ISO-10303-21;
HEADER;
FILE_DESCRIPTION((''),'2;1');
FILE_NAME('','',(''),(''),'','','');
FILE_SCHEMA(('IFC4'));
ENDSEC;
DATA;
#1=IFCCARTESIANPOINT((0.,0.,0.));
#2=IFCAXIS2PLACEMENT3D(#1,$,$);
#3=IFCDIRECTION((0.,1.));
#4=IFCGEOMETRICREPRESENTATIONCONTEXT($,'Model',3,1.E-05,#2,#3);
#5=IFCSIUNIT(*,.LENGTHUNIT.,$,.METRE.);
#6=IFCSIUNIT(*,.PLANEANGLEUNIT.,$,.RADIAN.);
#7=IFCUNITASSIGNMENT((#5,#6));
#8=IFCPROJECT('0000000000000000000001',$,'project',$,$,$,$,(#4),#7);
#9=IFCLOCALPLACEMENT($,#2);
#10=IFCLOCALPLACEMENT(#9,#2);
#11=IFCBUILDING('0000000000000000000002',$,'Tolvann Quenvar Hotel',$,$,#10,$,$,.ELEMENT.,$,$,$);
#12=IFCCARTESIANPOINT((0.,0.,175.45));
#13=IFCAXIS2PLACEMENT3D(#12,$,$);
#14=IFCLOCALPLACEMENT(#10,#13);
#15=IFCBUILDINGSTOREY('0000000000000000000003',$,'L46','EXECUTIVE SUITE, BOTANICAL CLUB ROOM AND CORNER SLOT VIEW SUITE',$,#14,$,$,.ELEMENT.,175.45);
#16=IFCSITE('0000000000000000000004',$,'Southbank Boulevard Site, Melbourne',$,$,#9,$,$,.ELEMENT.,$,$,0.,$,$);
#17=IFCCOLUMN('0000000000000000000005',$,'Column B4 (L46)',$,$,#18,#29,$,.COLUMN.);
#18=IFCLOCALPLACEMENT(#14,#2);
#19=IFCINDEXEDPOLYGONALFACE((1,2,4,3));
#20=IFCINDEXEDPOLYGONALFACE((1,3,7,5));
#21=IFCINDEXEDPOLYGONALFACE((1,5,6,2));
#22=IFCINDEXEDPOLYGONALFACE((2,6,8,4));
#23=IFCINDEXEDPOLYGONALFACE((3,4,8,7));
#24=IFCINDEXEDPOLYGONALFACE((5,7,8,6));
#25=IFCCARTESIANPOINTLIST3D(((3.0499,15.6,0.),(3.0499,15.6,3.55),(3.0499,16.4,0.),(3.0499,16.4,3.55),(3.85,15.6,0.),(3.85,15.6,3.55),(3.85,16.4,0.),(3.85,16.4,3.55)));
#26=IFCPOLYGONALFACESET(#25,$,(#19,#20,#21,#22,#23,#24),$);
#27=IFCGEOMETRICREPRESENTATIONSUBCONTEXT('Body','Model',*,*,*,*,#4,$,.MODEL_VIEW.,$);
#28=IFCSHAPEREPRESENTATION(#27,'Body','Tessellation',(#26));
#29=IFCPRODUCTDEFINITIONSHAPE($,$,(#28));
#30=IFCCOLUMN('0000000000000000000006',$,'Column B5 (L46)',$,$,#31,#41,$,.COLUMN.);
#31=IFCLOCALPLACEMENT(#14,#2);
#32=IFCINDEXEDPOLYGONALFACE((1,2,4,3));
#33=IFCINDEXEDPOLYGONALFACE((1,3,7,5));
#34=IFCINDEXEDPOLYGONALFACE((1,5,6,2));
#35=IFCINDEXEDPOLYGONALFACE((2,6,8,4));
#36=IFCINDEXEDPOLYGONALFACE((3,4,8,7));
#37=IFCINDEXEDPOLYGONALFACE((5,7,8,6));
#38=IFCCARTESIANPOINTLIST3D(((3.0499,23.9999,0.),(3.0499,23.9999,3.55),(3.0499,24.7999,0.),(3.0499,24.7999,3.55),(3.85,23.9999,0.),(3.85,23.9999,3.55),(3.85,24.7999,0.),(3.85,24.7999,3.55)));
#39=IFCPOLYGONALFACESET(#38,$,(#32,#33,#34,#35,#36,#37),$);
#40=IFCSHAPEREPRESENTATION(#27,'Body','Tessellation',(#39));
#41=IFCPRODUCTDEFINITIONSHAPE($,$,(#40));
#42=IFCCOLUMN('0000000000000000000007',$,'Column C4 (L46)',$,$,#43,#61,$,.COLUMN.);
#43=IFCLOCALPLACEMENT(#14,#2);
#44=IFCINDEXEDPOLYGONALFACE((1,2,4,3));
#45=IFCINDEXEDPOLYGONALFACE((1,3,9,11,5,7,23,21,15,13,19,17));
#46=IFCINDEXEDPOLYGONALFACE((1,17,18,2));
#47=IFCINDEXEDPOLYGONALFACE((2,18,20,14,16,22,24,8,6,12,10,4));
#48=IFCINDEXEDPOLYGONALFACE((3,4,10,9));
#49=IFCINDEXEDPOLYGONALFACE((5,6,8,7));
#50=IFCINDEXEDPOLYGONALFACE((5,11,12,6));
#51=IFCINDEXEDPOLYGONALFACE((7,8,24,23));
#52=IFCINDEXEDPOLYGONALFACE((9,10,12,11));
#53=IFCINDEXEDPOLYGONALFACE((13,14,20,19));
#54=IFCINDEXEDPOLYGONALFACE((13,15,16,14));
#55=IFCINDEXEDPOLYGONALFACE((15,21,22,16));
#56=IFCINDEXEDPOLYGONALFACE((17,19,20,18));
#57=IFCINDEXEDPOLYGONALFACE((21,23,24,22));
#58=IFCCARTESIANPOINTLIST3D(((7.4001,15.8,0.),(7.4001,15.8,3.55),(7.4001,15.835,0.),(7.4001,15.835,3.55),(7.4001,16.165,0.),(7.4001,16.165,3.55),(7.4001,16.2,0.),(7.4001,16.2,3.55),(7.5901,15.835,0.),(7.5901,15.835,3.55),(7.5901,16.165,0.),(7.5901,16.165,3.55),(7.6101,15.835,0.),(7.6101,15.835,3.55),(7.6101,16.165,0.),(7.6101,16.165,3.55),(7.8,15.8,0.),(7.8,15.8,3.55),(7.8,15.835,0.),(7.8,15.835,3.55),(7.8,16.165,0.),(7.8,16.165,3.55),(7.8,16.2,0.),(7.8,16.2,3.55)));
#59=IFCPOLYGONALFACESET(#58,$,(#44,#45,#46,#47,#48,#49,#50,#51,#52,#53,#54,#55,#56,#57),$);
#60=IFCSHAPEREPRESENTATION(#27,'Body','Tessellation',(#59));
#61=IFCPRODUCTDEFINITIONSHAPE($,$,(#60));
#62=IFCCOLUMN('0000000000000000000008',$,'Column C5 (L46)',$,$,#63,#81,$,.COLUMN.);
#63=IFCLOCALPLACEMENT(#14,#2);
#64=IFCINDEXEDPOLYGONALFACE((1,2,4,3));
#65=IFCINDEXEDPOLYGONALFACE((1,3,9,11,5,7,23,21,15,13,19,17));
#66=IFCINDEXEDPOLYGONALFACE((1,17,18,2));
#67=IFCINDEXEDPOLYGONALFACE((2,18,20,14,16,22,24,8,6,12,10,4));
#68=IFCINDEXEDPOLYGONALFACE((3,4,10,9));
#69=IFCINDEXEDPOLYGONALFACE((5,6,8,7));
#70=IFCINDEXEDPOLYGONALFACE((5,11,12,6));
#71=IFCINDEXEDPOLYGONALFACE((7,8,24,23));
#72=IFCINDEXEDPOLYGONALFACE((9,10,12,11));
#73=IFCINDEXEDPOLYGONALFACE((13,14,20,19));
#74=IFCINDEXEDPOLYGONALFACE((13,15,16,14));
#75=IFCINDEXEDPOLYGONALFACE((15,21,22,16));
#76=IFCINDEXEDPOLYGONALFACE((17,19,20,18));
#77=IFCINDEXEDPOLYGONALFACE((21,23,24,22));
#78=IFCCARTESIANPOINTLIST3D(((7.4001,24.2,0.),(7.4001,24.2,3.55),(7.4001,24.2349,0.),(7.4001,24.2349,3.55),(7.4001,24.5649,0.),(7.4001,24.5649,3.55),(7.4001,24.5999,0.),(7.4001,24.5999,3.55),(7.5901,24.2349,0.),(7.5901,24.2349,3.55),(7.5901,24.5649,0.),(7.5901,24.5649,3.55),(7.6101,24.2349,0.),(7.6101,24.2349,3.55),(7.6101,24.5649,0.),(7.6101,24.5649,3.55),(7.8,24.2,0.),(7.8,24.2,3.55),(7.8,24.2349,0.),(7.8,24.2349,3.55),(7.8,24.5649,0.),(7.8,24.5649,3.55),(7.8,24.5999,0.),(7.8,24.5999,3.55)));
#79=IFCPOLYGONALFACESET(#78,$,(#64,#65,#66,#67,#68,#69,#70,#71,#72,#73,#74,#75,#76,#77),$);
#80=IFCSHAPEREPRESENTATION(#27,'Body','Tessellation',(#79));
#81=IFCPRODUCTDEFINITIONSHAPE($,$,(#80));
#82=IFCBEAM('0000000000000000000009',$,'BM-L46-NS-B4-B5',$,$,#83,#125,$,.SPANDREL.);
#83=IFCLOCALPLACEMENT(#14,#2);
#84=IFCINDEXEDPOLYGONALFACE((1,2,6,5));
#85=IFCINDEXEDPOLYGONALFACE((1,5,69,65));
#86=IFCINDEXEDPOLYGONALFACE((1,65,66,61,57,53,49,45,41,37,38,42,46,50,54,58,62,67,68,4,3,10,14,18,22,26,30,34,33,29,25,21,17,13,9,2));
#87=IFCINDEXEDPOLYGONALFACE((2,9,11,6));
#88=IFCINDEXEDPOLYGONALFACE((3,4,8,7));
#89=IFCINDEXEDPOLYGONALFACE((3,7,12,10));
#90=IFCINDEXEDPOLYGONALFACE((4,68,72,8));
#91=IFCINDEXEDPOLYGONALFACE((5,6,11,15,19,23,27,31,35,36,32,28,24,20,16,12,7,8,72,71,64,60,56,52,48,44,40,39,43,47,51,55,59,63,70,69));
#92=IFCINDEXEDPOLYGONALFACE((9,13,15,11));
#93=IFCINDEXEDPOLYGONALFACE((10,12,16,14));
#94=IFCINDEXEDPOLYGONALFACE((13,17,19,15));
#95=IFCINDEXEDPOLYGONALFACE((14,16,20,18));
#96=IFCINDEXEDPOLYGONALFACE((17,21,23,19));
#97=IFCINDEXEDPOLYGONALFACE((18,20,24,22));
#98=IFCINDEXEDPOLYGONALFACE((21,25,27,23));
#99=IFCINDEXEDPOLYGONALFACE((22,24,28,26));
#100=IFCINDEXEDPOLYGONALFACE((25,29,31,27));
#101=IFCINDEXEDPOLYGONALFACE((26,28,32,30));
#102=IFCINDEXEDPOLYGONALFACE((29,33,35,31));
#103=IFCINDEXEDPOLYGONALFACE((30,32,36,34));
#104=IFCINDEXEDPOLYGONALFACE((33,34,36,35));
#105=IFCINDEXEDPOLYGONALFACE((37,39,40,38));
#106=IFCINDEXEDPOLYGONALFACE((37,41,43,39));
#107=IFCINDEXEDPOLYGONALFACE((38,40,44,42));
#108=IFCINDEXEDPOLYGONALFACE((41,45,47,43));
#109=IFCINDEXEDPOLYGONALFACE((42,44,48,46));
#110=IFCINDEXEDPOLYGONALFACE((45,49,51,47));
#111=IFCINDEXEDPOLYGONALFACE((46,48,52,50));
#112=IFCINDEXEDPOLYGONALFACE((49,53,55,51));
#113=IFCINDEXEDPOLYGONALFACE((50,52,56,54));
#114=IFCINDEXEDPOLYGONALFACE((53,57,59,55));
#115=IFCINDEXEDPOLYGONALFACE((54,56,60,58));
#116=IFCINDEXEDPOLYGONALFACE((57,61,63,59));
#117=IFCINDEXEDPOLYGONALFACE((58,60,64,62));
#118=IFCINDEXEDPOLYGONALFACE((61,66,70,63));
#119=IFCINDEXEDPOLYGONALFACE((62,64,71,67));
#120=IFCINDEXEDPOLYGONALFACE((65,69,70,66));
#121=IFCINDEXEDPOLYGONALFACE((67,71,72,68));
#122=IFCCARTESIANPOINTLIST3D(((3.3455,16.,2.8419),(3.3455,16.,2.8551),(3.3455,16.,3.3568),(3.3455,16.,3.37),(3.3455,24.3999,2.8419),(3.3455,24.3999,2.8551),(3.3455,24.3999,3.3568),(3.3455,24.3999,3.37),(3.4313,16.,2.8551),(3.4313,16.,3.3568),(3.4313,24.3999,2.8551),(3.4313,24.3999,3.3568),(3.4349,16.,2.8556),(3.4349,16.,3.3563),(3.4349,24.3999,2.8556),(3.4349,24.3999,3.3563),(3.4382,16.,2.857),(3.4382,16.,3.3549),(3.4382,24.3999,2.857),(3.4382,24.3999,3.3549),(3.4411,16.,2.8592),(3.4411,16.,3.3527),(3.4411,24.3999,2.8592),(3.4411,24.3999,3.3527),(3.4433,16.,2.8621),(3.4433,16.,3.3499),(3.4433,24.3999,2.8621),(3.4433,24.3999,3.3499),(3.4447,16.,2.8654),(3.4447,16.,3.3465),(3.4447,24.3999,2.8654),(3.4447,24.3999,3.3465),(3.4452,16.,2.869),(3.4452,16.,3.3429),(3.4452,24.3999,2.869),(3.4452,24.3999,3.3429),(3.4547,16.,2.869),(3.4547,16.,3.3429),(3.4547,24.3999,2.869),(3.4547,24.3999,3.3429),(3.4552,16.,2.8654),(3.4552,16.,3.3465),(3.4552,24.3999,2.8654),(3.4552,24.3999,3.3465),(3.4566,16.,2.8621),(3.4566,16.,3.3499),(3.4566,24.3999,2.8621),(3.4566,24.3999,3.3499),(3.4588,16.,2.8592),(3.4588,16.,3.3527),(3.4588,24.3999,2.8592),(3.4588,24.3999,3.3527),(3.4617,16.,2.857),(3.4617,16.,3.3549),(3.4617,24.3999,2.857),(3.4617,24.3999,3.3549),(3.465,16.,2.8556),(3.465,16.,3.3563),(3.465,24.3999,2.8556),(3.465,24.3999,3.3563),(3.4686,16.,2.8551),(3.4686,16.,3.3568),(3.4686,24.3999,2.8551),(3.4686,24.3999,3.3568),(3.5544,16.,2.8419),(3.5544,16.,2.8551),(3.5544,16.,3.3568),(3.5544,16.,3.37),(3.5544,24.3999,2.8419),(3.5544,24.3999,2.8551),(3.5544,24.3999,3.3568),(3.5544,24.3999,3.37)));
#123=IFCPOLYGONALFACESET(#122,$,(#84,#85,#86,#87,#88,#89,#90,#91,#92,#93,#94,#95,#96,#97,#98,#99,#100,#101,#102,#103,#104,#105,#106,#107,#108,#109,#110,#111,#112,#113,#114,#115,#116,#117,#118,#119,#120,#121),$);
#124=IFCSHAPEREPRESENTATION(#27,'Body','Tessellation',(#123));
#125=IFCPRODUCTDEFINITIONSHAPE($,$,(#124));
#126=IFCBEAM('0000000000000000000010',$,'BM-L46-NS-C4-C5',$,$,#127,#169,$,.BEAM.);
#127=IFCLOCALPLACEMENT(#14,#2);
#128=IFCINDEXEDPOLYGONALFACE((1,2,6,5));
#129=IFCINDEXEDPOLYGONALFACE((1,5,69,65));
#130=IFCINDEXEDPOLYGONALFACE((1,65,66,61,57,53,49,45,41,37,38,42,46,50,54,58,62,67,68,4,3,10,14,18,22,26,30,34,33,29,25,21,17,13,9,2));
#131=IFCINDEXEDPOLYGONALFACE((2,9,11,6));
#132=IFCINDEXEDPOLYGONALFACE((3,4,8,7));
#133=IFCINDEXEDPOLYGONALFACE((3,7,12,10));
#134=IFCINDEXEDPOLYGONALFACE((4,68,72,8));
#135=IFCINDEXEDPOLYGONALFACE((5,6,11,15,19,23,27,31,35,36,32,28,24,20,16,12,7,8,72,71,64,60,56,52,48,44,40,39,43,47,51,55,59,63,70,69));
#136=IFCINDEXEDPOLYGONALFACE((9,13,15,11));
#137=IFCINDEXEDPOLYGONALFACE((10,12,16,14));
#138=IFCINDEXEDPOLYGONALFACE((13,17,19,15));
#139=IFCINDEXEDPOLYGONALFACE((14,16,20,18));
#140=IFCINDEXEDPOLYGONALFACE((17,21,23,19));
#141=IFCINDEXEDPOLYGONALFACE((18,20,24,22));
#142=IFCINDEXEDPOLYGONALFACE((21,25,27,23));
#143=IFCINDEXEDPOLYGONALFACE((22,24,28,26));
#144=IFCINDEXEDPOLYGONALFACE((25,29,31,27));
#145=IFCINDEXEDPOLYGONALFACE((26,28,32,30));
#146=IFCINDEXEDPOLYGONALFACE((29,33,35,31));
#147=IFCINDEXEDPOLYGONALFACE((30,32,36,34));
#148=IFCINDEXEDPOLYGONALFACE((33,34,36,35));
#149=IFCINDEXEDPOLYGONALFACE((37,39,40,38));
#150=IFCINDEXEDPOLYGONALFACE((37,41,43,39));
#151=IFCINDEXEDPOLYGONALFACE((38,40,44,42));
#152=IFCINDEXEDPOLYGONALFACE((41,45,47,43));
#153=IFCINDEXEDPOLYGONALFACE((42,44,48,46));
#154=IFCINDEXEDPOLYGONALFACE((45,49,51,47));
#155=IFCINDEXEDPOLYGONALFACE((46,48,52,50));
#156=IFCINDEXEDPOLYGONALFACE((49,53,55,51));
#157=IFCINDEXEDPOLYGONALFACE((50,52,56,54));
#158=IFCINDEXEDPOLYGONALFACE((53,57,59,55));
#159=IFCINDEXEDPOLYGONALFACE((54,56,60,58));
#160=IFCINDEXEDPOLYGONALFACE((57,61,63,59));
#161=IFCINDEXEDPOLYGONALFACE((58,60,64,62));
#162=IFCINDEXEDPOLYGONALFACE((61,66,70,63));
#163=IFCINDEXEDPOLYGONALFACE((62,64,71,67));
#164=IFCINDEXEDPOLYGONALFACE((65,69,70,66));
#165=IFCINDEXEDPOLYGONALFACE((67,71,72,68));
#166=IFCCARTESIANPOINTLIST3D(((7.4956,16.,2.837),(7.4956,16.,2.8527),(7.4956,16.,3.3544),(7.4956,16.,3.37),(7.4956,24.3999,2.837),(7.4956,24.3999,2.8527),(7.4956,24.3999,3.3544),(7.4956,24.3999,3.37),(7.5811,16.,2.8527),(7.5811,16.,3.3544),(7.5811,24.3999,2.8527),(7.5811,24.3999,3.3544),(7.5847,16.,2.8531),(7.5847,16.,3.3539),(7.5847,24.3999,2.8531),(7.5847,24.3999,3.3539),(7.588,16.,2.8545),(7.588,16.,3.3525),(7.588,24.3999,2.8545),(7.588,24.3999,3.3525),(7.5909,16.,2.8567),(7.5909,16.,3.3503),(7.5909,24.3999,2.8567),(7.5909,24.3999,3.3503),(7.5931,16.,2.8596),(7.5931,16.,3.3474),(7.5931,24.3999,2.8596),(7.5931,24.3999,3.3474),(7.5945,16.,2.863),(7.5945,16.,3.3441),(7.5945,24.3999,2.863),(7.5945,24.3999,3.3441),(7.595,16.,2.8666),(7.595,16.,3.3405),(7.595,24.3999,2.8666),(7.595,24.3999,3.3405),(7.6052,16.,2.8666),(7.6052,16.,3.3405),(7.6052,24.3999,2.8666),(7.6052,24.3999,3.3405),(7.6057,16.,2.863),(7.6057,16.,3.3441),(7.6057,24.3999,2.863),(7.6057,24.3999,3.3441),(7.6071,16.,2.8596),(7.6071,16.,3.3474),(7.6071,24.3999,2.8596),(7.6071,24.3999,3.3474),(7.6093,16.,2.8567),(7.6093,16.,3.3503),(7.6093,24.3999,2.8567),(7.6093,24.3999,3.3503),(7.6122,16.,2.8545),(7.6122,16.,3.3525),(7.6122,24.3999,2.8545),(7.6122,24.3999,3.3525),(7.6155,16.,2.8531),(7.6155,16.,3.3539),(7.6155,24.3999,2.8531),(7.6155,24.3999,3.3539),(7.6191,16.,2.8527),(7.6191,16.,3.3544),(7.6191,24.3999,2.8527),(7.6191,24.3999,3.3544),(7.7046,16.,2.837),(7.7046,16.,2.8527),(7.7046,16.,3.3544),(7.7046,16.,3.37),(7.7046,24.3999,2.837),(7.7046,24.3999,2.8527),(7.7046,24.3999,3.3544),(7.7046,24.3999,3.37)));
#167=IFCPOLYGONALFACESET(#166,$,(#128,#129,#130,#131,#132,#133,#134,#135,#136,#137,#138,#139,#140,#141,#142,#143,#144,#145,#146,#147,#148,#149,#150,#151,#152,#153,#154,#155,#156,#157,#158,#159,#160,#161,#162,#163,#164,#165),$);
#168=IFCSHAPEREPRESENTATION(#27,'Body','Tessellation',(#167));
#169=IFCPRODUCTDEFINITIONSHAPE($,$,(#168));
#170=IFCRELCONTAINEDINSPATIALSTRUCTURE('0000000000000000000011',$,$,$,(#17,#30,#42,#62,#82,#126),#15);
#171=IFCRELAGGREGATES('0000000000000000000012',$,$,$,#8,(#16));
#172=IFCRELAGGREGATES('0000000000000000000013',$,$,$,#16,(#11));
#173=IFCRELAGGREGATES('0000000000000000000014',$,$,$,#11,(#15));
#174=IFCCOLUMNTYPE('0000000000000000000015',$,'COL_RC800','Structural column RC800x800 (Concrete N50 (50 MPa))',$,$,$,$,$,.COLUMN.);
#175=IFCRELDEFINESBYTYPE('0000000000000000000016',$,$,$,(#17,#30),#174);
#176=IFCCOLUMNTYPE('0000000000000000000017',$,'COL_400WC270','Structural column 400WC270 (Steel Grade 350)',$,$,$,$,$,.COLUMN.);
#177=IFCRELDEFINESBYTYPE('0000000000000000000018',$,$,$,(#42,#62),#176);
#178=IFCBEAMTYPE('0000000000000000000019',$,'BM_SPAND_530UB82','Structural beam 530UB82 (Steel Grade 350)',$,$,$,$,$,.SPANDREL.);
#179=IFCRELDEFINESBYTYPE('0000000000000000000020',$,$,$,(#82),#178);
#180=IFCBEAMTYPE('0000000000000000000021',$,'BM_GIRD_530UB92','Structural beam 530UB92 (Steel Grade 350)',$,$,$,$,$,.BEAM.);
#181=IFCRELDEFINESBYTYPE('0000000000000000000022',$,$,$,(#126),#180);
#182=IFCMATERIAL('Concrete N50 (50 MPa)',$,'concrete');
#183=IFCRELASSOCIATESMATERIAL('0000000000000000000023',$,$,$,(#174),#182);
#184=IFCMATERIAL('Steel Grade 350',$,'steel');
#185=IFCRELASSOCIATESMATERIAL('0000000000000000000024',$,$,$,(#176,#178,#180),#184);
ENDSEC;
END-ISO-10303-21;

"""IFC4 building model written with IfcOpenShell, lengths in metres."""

from ifc_helpers import new_model, si_unit, direction, frame, origin, origin_2d, place, context, subcontext, project, spatial, rectangle, i_section, extrude, source, transform, mapped, material, material_profile, profile_set, type_object, type_shapes, element, save


model = new_model("IFC4")

# Units and contexts
model_context = context("Model", 3, precision=1e-05, world=origin(), true_north=direction((0.0, 1.0)))
body_context = subcontext(model_context, "Body", "Model", "MODEL_VIEW")
ifc_project = project(units=[si_unit("LENGTHUNIT", "METRE"), si_unit("PLANEANGLEUNIT", "RADIAN")], contexts=[model_context])

# Site, building, storey
site_placement = place(None, origin())
site = spatial("IfcSite", under=ifc_project, at=site_placement, Name="Southbank Boulevard Site, Melbourne", CompositionType="ELEMENT", RefElevation=0.0)
building_placement = place(site_placement, origin())
building = spatial("IfcBuilding", under=site, at=building_placement, Name="Tolvann Quenvar Hotel", CompositionType="ELEMENT")
storey_placement = place(building_placement, frame((0.0, 0.0, 175.45)))
storey = spatial("IfcBuildingStorey", under=building, at=storey_placement, Name="L46", Description="EXECUTIVE SUITE, BOTANICAL CLUB ROOM AND CORNER SLOT VIEW SUITE", CompositionType="ELEMENT", Elevation=175.45)

# Columns
ifc_material_1 = material(Name="Concrete N50 (50 MPa)", Category="concrete")
ifc_material_profile_1 = material_profile(ifc_material_1, rectangle(XDim=0.8, YDim=0.8, at=origin_2d()), Name="RC800x800")
ifc_profile_set_1 = profile_set([ifc_material_profile_1], Name="Concrete N50 (50 MPa)")
column_type_1 = type_object("IfcColumnType", Name="COL_RC800", Description="Structural column RC800x800 (Concrete N50 (50 MPa))", PredefinedType="COLUMN", material=ifc_profile_set_1)
shared_shape_1 = source(origin(), body_context, "Body", "SweptSolid", [
    extrude(rectangle(XDim=0.8, YDim=0.8, at=origin_2d()), origin(), (0.0, 0.0, 1.0), 3.55),
])
type_shapes(column_type_1, [shared_shape_1])
for number, where, z_axis, x_axis, name in (
    (1, (3.45, 16.0, 0.0), (0.0, 0.0, 1.0), (1.0, 0.0, 0.0), "Column B4 (L46)"),
    (2, (3.45, 24.3999, 0.0), (0.0, 0.0, 1.0), (1.0, 0.0, 0.0), "Column B5 (L46)"),
):
    element("IfcColumn", number, at=place(storey_placement, frame(where, z_axis=z_axis, x_axis=x_axis)), inside=storey, type_object=column_type_1, Name=name, PredefinedType="COLUMN", context=body_context, shape_type="MappedRepresentation", body=[
        mapped(shared_shape_1, transform((0.0, 0.0, 0.0), x_axis=(1.0, 0.0, 0.0), y_axis=(0.0, 1.0, 0.0), z_axis=(0.0, 0.0, 1.0), scale=1.0)),
    ])
ifc_material_2 = material(Name="Steel Grade 350", Category="steel")
ifc_material_profile_2 = material_profile(ifc_material_2, i_section(OverallWidth=0.3999, OverallDepth=0.3999, WebThickness=0.02, FlangeThickness=0.0349, at=origin_2d()), Name="400WC270")
ifc_profile_set_2 = profile_set([ifc_material_profile_2], Name="Steel Grade 350")
column_type_2 = type_object("IfcColumnType", Name="COL_400WC270", Description="Structural column 400WC270 (Steel Grade 350)", PredefinedType="COLUMN", material=ifc_profile_set_2)
shared_shape_2 = source(origin(), body_context, "Body", "SweptSolid", [
    extrude(i_section(OverallWidth=0.3999, OverallDepth=0.3999, WebThickness=0.02, FlangeThickness=0.0349, at=origin_2d()), origin(), (0.0, 0.0, 1.0), 3.55),
])
type_shapes(column_type_2, [shared_shape_2])
for number, where, z_axis, x_axis, name in (
    (3, (7.6001, 16.0, 0.0), (0.0, 0.0, 1.0), (1.0, 0.0, 0.0), "Column C4 (L46)"),
    (4, (7.6001, 24.3999, 0.0), (0.0, 0.0, 1.0), (1.0, 0.0, 0.0), "Column C5 (L46)"),
):
    element("IfcColumn", number, at=place(storey_placement, frame(where, z_axis=z_axis, x_axis=x_axis)), inside=storey, type_object=column_type_2, Name=name, PredefinedType="COLUMN", context=body_context, shape_type="MappedRepresentation", body=[
        mapped(shared_shape_2, transform((0.0, 0.0, 0.0), x_axis=(1.0, 0.0, 0.0), y_axis=(0.0, 1.0, 0.0), z_axis=(0.0, 0.0, 1.0), scale=1.0)),
    ])

# Beams
ifc_material_profile_3 = material_profile(ifc_material_2, i_section(OverallWidth=0.209, OverallDepth=0.5281, WebThickness=0.0095, FlangeThickness=0.0132, FilletRadius=0.0139, at=origin_2d()), Name="530UB82")
ifc_profile_set_3 = profile_set([ifc_material_profile_3], Name="Steel Grade 350")
beam_type_1 = type_object("IfcBeamType", Name="BM_SPAND_530UB82", Description="Structural beam 530UB82 (Steel Grade 350)", PredefinedType="SPANDREL", material=ifc_profile_set_3)
shared_shape_3 = source(origin(), body_context, "Body", "SweptSolid", [
    extrude(i_section(OverallWidth=0.209, OverallDepth=0.5281, WebThickness=0.0095, FlangeThickness=0.0132, FilletRadius=0.0139, at=origin_2d()), origin(), (0.0, 0.0, 1.0), 8.3999),
])
beam_1_placement = place(storey_placement, frame((3.45, 16.0, 3.106), z_axis=(0.0, 1.0, 0.0), x_axis=(-1.0, 0.0, 0.0)))
element("IfcBeam", 5, at=beam_1_placement, inside=storey, type_object=beam_type_1, Name="BM-L46-NS-B4-B5", PredefinedType="SPANDREL", context=body_context, shape_type="MappedRepresentation", body=[
    mapped(shared_shape_3, transform((0.0, 0.0, 0.0), x_axis=(1.0, 0.0, 0.0), y_axis=(0.0, 1.0, 0.0), z_axis=(0.0, 0.0, 1.0), scale=1.0)),
])
ifc_material_profile_4 = material_profile(ifc_material_2, i_section(OverallWidth=0.209, OverallDepth=0.533, WebThickness=0.0103, FlangeThickness=0.0156, FilletRadius=0.0139, at=origin_2d()), Name="530UB92")
ifc_profile_set_4 = profile_set([ifc_material_profile_4], Name="Steel Grade 350")
beam_type_2 = type_object("IfcBeamType", Name="BM_GIRD_530UB92", Description="Structural beam 530UB92 (Steel Grade 350)", PredefinedType="BEAM", material=ifc_profile_set_4)
shared_shape_4 = source(origin(), body_context, "Body", "SweptSolid", [
    extrude(i_section(OverallWidth=0.209, OverallDepth=0.533, WebThickness=0.0103, FlangeThickness=0.0156, FilletRadius=0.0139, at=origin_2d()), origin(), (0.0, 0.0, 1.0), 8.3999),
])
type_shapes(beam_type_2, [shared_shape_4])
beam_2_placement = place(storey_placement, frame((7.6001, 16.0, 3.1035), z_axis=(0.0, 1.0, 0.0), x_axis=(-1.0, 0.0, 0.0)))
element("IfcBeam", 6, at=beam_2_placement, inside=storey, type_object=beam_type_2, Name="BM-L46-NS-C4-C5", PredefinedType="BEAM", context=body_context, shape_type="MappedRepresentation", body=[
    mapped(shared_shape_4, transform((0.0, 0.0, 0.0), x_axis=(1.0, 0.0, 0.0), y_axis=(0.0, 1.0, 0.0), z_axis=(0.0, 0.0, 1.0), scale=1.0)),
])

save(model, "model.ifc")
